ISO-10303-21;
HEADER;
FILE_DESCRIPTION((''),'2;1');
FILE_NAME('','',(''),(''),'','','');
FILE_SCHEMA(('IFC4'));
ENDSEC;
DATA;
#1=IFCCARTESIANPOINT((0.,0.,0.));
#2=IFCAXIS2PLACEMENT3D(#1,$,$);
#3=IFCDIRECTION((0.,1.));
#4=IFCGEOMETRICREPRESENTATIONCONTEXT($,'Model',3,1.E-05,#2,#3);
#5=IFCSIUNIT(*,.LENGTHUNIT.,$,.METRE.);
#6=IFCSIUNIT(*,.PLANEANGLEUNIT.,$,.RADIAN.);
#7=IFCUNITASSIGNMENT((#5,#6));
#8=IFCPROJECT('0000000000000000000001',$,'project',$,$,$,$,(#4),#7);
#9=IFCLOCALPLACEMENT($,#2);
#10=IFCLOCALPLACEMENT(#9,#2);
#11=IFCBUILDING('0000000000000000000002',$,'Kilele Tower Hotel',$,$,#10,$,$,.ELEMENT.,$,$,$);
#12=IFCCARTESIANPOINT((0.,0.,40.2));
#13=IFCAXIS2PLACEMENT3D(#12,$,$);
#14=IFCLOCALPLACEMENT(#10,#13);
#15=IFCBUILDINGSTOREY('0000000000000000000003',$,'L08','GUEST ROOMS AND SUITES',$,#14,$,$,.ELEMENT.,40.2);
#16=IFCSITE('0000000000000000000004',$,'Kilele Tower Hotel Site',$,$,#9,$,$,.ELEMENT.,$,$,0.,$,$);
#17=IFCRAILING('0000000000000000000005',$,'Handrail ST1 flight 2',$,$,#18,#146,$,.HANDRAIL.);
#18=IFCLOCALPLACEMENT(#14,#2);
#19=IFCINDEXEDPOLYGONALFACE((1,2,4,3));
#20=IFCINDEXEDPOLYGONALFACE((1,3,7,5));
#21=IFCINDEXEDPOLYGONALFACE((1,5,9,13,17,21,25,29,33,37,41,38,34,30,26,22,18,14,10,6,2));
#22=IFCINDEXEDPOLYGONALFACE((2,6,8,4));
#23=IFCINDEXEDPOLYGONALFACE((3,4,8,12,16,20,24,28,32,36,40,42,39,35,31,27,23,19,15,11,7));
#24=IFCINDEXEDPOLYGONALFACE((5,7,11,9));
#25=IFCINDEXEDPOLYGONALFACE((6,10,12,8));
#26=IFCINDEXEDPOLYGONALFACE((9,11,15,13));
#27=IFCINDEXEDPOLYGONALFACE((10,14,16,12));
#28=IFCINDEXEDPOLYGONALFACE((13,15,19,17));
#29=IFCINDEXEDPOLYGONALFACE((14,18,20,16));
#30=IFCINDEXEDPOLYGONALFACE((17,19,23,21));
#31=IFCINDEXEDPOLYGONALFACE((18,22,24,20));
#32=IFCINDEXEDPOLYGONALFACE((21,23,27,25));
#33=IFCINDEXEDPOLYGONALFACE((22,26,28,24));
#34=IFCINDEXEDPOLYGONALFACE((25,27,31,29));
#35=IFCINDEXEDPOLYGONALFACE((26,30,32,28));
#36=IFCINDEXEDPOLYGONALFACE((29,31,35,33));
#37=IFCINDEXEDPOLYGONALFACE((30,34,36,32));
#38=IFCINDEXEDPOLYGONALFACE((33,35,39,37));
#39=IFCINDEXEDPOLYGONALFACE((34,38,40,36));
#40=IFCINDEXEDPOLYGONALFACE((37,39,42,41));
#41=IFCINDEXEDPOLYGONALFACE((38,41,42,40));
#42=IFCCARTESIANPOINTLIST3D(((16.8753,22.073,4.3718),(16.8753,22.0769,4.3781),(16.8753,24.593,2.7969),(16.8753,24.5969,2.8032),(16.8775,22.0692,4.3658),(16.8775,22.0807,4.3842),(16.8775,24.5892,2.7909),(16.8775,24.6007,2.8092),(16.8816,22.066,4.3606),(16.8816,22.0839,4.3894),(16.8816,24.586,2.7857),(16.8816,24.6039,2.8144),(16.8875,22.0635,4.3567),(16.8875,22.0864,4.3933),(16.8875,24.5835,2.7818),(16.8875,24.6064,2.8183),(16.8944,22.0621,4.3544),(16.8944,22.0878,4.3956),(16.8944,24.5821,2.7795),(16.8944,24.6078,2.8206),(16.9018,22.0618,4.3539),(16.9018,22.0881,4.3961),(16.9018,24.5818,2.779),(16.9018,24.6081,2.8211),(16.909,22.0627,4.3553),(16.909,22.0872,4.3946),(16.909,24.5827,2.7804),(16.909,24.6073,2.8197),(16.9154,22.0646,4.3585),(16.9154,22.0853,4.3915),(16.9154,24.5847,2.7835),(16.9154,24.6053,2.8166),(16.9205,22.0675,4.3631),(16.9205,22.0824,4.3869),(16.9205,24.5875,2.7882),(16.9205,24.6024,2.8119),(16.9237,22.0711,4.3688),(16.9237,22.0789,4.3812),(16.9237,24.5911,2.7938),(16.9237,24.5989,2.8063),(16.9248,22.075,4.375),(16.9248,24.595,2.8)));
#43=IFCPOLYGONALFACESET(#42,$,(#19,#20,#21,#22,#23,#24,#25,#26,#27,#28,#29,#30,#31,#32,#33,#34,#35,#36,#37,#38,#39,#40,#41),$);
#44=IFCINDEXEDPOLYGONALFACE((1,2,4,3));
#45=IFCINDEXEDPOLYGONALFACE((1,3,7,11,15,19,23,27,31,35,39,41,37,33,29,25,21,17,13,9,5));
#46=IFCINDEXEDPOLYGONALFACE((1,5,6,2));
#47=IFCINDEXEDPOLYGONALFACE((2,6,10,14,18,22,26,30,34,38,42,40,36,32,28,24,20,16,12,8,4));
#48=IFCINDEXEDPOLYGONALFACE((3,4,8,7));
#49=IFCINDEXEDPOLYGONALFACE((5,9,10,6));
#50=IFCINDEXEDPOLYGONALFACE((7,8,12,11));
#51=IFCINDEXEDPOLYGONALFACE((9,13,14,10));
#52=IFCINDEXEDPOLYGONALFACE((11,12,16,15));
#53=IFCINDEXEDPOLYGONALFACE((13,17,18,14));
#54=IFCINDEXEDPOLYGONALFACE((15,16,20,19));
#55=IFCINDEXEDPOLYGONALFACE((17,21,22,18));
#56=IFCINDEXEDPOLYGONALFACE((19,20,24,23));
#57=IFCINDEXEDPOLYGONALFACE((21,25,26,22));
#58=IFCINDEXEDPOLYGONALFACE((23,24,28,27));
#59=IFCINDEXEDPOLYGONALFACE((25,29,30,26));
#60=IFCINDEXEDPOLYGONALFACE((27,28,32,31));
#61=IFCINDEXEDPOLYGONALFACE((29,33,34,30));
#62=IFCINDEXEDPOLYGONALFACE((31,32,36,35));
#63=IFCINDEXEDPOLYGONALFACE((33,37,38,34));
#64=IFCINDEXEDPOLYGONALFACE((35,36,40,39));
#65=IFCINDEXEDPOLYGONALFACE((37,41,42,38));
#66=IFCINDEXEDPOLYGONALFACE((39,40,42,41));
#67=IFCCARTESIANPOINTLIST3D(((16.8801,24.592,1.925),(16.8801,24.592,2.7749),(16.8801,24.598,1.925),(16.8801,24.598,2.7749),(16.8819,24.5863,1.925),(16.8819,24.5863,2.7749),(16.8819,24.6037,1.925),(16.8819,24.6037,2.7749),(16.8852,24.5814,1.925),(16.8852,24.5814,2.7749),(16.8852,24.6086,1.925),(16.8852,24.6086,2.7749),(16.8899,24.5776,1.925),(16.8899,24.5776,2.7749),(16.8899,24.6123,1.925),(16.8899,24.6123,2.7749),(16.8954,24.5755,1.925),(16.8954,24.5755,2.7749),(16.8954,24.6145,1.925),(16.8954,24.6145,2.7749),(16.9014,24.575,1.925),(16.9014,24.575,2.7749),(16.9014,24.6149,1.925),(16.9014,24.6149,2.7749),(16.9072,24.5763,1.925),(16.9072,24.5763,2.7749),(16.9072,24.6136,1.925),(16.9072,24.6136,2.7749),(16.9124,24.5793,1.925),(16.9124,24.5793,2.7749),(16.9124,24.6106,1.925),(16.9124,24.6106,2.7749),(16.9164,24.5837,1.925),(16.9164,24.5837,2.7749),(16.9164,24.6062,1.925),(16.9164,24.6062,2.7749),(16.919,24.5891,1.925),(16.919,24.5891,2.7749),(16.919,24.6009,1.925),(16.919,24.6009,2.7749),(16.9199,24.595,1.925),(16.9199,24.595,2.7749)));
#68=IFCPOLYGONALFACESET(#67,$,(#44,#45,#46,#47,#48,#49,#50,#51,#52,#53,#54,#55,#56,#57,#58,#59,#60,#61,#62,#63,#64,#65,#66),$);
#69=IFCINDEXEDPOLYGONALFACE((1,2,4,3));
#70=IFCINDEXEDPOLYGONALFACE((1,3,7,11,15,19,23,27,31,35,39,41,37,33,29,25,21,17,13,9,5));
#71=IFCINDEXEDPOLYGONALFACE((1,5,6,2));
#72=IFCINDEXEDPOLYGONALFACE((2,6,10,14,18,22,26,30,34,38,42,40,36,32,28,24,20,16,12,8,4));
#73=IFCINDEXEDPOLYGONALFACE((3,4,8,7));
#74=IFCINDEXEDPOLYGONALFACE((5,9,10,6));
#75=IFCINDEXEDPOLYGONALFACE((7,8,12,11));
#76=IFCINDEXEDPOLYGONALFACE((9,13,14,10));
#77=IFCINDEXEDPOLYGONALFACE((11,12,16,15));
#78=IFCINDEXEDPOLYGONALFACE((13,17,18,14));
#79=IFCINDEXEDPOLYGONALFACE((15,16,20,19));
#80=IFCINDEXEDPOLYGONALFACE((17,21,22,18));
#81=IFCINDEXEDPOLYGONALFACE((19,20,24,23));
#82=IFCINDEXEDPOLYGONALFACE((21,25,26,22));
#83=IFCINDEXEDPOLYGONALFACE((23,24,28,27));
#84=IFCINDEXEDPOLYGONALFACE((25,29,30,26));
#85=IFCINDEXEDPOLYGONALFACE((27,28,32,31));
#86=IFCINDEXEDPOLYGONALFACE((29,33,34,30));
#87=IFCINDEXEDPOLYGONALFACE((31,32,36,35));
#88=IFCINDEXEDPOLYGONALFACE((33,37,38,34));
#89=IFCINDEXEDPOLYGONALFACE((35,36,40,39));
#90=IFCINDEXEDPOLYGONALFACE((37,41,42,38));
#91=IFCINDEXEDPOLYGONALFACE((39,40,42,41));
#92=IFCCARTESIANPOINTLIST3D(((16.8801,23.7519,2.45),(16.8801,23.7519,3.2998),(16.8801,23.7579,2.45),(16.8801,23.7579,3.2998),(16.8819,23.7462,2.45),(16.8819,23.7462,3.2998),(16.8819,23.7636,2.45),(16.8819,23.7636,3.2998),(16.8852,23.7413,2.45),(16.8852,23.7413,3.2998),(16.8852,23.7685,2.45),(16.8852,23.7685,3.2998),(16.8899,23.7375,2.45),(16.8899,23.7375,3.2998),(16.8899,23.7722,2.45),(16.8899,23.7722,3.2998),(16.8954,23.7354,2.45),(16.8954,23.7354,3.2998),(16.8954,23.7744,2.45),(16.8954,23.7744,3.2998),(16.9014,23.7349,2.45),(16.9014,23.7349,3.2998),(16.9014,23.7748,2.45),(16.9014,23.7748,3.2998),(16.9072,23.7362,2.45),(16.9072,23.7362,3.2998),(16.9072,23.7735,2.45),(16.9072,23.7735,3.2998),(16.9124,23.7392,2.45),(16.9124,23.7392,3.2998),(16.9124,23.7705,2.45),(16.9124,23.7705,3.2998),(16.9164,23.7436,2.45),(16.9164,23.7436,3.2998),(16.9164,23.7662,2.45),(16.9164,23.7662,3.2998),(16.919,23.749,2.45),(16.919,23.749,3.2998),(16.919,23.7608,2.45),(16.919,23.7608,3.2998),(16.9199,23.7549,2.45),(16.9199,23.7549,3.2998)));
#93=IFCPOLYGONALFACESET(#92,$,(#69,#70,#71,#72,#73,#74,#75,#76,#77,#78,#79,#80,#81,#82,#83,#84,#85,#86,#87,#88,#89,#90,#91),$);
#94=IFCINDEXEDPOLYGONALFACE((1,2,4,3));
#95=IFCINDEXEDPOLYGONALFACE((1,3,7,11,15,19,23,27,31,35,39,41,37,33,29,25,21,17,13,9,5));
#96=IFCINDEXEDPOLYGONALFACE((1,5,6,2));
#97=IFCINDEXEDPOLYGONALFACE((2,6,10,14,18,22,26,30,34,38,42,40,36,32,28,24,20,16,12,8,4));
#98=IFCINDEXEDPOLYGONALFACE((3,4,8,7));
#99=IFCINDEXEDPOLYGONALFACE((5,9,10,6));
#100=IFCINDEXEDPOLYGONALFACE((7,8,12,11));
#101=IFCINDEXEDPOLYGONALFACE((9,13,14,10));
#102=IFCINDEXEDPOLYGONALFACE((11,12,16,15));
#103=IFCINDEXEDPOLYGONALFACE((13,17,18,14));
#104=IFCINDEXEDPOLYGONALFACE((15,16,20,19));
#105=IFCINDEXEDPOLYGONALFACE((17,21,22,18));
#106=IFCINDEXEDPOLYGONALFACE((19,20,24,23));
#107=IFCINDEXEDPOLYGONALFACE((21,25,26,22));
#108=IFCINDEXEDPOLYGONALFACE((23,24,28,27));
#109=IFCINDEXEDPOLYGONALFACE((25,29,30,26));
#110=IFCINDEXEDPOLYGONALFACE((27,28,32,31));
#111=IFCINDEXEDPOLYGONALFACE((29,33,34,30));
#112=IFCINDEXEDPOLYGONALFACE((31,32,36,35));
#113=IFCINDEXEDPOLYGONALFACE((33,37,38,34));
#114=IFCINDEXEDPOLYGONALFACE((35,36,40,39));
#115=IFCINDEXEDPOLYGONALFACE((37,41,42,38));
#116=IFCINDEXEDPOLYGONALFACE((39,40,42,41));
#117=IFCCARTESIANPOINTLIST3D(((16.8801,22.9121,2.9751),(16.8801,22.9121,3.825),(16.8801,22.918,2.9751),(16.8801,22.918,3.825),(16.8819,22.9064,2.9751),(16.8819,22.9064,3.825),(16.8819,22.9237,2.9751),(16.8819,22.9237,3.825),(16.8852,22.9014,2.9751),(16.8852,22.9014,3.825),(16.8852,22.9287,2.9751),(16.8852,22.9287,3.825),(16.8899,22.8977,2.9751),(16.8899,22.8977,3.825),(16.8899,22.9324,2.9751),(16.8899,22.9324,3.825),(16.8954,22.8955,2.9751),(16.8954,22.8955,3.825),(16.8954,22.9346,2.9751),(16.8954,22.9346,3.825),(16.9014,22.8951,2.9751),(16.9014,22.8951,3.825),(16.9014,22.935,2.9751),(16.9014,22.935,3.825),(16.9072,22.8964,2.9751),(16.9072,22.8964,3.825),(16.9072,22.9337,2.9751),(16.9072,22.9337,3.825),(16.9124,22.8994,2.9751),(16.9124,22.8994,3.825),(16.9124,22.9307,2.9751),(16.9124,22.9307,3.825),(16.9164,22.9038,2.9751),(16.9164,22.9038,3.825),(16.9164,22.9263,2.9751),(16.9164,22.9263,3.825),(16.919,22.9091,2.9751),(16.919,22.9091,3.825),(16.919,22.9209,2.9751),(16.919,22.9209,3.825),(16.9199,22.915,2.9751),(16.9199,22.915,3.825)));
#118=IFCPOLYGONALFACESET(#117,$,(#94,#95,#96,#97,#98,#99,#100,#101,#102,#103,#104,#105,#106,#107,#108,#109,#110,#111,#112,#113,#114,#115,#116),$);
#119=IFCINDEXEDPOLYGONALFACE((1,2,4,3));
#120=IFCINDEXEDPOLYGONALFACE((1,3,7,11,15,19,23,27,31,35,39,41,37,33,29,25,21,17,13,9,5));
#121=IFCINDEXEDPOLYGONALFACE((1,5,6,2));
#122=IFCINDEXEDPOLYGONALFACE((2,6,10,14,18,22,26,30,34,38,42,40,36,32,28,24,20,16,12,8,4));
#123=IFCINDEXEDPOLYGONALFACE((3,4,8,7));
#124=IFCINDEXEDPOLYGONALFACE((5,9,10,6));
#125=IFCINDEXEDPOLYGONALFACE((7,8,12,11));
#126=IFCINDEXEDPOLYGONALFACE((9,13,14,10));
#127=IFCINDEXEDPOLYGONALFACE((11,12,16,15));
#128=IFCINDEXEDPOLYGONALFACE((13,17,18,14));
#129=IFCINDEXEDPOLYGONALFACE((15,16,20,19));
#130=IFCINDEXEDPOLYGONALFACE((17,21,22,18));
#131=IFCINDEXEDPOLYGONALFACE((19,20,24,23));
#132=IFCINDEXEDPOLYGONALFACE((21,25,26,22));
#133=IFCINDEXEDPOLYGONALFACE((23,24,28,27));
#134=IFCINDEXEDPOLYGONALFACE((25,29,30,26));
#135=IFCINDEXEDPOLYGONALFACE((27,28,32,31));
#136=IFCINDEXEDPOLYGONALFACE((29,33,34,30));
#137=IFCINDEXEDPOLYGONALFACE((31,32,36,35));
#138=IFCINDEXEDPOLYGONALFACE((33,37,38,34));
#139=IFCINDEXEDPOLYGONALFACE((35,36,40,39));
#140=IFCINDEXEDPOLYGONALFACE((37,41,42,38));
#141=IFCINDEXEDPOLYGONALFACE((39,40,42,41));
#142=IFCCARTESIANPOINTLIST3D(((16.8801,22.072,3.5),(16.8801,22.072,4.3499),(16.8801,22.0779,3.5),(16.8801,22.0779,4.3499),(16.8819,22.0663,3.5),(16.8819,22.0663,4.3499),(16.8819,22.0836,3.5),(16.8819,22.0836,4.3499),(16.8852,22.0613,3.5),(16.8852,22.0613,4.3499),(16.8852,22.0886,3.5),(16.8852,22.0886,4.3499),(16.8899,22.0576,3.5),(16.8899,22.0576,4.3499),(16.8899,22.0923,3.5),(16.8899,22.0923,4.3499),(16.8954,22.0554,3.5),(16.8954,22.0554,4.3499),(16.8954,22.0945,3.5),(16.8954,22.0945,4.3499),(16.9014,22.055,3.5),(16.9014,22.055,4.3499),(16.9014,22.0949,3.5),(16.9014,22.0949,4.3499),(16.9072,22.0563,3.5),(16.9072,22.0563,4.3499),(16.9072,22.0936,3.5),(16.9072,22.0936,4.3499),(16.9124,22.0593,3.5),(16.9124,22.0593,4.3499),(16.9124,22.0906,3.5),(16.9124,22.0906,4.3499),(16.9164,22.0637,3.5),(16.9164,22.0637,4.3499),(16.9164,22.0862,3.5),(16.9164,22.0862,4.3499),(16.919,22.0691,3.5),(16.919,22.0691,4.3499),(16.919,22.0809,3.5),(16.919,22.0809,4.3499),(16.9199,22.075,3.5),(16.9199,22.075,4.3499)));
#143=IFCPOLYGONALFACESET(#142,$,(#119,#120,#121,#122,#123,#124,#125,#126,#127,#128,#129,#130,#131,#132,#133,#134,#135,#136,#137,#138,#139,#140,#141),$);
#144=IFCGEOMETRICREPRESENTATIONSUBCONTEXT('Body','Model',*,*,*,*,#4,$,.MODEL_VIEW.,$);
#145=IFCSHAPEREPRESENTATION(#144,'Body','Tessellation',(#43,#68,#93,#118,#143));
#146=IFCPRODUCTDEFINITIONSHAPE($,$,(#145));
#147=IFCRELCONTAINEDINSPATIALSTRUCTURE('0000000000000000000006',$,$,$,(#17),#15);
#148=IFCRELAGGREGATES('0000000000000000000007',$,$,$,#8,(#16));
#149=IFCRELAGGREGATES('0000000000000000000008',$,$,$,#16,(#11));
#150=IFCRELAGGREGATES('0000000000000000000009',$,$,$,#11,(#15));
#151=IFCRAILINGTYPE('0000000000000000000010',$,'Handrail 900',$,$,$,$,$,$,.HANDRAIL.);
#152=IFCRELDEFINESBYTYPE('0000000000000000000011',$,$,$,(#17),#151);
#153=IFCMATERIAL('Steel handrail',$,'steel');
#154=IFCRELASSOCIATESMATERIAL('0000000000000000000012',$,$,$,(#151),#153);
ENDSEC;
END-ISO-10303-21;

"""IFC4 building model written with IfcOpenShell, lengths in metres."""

from ifc_helpers import new_model, si_unit, direction, frame, origin, origin_2d, place, context, subcontext, project, spatial, circle, extrude, material, type_object, element, save


model = new_model("IFC4")

# Units and contexts
model_context = context("Model", 3, precision=1e-05, world=origin(), true_north=direction((0.0, 1.0)))
body_context = subcontext(model_context, "Body", "Model", "MODEL_VIEW")
ifc_project = project(units=[si_unit("LENGTHUNIT", "METRE"), si_unit("PLANEANGLEUNIT", "RADIAN")], contexts=[model_context])

# Site, building, storey
site_placement = place(None, origin())
site = spatial("IfcSite", under=ifc_project, at=site_placement, Name="Kilele Tower Hotel Site", CompositionType="ELEMENT", RefElevation=0.0)
building_placement = place(site_placement, origin())
building = spatial("IfcBuilding", under=site, at=building_placement, Name="Kilele Tower Hotel", CompositionType="ELEMENT")
storey_placement = place(building_placement, frame((0.0, 0.0, 40.2)))
storey = spatial("IfcBuildingStorey", under=building, at=storey_placement, Name="L08", Description="GUEST ROOMS AND SUITES", CompositionType="ELEMENT", Elevation=40.2)

# Railing
ifc_material_1 = material(Name="Steel handrail", Category="steel")
railing_type_1 = type_object("IfcRailingType", Name="Handrail 900", PredefinedType="HANDRAIL", material=ifc_material_1)
for number, where, name in (
    (1, (16.8999, 24.595, 1.925), "Handrail ST1 flight 2"),
):
    element("IfcRailing", number, at=place(storey_placement, frame(where)), inside=storey, type_object=railing_type_1, Name=name, PredefinedType="HANDRAIL", context=body_context, shape_type="SweptSolid", body=[
        extrude(circle(Radius=0.0249, at=origin_2d()), frame((0.0, 0.0, 0.875), z_axis=(0.0, -0.848008, 0.529984), x_axis=(1.0, 0.0, 0.0)), (0.0, 0.0, 1.0), 2.9717),
        extrude(circle(Radius=0.02, at=origin_2d()), origin(), (0.0, 0.0, 1.0), 0.8499),
        extrude(circle(Radius=0.02, at=origin_2d()), frame((0.0, -0.8401, 0.5249)), (0.0, 0.0, 1.0), 0.8499),
        extrude(circle(Radius=0.02, at=origin_2d()), frame((0.0, -1.6799, 1.05)), (0.0, 0.0, 1.0), 0.8499),
        extrude(circle(Radius=0.02, at=origin_2d()), frame((0.0, -2.52, 1.575)), (0.0, 0.0, 1.0), 0.8499),
    ])

save(model, "model.ifc")
